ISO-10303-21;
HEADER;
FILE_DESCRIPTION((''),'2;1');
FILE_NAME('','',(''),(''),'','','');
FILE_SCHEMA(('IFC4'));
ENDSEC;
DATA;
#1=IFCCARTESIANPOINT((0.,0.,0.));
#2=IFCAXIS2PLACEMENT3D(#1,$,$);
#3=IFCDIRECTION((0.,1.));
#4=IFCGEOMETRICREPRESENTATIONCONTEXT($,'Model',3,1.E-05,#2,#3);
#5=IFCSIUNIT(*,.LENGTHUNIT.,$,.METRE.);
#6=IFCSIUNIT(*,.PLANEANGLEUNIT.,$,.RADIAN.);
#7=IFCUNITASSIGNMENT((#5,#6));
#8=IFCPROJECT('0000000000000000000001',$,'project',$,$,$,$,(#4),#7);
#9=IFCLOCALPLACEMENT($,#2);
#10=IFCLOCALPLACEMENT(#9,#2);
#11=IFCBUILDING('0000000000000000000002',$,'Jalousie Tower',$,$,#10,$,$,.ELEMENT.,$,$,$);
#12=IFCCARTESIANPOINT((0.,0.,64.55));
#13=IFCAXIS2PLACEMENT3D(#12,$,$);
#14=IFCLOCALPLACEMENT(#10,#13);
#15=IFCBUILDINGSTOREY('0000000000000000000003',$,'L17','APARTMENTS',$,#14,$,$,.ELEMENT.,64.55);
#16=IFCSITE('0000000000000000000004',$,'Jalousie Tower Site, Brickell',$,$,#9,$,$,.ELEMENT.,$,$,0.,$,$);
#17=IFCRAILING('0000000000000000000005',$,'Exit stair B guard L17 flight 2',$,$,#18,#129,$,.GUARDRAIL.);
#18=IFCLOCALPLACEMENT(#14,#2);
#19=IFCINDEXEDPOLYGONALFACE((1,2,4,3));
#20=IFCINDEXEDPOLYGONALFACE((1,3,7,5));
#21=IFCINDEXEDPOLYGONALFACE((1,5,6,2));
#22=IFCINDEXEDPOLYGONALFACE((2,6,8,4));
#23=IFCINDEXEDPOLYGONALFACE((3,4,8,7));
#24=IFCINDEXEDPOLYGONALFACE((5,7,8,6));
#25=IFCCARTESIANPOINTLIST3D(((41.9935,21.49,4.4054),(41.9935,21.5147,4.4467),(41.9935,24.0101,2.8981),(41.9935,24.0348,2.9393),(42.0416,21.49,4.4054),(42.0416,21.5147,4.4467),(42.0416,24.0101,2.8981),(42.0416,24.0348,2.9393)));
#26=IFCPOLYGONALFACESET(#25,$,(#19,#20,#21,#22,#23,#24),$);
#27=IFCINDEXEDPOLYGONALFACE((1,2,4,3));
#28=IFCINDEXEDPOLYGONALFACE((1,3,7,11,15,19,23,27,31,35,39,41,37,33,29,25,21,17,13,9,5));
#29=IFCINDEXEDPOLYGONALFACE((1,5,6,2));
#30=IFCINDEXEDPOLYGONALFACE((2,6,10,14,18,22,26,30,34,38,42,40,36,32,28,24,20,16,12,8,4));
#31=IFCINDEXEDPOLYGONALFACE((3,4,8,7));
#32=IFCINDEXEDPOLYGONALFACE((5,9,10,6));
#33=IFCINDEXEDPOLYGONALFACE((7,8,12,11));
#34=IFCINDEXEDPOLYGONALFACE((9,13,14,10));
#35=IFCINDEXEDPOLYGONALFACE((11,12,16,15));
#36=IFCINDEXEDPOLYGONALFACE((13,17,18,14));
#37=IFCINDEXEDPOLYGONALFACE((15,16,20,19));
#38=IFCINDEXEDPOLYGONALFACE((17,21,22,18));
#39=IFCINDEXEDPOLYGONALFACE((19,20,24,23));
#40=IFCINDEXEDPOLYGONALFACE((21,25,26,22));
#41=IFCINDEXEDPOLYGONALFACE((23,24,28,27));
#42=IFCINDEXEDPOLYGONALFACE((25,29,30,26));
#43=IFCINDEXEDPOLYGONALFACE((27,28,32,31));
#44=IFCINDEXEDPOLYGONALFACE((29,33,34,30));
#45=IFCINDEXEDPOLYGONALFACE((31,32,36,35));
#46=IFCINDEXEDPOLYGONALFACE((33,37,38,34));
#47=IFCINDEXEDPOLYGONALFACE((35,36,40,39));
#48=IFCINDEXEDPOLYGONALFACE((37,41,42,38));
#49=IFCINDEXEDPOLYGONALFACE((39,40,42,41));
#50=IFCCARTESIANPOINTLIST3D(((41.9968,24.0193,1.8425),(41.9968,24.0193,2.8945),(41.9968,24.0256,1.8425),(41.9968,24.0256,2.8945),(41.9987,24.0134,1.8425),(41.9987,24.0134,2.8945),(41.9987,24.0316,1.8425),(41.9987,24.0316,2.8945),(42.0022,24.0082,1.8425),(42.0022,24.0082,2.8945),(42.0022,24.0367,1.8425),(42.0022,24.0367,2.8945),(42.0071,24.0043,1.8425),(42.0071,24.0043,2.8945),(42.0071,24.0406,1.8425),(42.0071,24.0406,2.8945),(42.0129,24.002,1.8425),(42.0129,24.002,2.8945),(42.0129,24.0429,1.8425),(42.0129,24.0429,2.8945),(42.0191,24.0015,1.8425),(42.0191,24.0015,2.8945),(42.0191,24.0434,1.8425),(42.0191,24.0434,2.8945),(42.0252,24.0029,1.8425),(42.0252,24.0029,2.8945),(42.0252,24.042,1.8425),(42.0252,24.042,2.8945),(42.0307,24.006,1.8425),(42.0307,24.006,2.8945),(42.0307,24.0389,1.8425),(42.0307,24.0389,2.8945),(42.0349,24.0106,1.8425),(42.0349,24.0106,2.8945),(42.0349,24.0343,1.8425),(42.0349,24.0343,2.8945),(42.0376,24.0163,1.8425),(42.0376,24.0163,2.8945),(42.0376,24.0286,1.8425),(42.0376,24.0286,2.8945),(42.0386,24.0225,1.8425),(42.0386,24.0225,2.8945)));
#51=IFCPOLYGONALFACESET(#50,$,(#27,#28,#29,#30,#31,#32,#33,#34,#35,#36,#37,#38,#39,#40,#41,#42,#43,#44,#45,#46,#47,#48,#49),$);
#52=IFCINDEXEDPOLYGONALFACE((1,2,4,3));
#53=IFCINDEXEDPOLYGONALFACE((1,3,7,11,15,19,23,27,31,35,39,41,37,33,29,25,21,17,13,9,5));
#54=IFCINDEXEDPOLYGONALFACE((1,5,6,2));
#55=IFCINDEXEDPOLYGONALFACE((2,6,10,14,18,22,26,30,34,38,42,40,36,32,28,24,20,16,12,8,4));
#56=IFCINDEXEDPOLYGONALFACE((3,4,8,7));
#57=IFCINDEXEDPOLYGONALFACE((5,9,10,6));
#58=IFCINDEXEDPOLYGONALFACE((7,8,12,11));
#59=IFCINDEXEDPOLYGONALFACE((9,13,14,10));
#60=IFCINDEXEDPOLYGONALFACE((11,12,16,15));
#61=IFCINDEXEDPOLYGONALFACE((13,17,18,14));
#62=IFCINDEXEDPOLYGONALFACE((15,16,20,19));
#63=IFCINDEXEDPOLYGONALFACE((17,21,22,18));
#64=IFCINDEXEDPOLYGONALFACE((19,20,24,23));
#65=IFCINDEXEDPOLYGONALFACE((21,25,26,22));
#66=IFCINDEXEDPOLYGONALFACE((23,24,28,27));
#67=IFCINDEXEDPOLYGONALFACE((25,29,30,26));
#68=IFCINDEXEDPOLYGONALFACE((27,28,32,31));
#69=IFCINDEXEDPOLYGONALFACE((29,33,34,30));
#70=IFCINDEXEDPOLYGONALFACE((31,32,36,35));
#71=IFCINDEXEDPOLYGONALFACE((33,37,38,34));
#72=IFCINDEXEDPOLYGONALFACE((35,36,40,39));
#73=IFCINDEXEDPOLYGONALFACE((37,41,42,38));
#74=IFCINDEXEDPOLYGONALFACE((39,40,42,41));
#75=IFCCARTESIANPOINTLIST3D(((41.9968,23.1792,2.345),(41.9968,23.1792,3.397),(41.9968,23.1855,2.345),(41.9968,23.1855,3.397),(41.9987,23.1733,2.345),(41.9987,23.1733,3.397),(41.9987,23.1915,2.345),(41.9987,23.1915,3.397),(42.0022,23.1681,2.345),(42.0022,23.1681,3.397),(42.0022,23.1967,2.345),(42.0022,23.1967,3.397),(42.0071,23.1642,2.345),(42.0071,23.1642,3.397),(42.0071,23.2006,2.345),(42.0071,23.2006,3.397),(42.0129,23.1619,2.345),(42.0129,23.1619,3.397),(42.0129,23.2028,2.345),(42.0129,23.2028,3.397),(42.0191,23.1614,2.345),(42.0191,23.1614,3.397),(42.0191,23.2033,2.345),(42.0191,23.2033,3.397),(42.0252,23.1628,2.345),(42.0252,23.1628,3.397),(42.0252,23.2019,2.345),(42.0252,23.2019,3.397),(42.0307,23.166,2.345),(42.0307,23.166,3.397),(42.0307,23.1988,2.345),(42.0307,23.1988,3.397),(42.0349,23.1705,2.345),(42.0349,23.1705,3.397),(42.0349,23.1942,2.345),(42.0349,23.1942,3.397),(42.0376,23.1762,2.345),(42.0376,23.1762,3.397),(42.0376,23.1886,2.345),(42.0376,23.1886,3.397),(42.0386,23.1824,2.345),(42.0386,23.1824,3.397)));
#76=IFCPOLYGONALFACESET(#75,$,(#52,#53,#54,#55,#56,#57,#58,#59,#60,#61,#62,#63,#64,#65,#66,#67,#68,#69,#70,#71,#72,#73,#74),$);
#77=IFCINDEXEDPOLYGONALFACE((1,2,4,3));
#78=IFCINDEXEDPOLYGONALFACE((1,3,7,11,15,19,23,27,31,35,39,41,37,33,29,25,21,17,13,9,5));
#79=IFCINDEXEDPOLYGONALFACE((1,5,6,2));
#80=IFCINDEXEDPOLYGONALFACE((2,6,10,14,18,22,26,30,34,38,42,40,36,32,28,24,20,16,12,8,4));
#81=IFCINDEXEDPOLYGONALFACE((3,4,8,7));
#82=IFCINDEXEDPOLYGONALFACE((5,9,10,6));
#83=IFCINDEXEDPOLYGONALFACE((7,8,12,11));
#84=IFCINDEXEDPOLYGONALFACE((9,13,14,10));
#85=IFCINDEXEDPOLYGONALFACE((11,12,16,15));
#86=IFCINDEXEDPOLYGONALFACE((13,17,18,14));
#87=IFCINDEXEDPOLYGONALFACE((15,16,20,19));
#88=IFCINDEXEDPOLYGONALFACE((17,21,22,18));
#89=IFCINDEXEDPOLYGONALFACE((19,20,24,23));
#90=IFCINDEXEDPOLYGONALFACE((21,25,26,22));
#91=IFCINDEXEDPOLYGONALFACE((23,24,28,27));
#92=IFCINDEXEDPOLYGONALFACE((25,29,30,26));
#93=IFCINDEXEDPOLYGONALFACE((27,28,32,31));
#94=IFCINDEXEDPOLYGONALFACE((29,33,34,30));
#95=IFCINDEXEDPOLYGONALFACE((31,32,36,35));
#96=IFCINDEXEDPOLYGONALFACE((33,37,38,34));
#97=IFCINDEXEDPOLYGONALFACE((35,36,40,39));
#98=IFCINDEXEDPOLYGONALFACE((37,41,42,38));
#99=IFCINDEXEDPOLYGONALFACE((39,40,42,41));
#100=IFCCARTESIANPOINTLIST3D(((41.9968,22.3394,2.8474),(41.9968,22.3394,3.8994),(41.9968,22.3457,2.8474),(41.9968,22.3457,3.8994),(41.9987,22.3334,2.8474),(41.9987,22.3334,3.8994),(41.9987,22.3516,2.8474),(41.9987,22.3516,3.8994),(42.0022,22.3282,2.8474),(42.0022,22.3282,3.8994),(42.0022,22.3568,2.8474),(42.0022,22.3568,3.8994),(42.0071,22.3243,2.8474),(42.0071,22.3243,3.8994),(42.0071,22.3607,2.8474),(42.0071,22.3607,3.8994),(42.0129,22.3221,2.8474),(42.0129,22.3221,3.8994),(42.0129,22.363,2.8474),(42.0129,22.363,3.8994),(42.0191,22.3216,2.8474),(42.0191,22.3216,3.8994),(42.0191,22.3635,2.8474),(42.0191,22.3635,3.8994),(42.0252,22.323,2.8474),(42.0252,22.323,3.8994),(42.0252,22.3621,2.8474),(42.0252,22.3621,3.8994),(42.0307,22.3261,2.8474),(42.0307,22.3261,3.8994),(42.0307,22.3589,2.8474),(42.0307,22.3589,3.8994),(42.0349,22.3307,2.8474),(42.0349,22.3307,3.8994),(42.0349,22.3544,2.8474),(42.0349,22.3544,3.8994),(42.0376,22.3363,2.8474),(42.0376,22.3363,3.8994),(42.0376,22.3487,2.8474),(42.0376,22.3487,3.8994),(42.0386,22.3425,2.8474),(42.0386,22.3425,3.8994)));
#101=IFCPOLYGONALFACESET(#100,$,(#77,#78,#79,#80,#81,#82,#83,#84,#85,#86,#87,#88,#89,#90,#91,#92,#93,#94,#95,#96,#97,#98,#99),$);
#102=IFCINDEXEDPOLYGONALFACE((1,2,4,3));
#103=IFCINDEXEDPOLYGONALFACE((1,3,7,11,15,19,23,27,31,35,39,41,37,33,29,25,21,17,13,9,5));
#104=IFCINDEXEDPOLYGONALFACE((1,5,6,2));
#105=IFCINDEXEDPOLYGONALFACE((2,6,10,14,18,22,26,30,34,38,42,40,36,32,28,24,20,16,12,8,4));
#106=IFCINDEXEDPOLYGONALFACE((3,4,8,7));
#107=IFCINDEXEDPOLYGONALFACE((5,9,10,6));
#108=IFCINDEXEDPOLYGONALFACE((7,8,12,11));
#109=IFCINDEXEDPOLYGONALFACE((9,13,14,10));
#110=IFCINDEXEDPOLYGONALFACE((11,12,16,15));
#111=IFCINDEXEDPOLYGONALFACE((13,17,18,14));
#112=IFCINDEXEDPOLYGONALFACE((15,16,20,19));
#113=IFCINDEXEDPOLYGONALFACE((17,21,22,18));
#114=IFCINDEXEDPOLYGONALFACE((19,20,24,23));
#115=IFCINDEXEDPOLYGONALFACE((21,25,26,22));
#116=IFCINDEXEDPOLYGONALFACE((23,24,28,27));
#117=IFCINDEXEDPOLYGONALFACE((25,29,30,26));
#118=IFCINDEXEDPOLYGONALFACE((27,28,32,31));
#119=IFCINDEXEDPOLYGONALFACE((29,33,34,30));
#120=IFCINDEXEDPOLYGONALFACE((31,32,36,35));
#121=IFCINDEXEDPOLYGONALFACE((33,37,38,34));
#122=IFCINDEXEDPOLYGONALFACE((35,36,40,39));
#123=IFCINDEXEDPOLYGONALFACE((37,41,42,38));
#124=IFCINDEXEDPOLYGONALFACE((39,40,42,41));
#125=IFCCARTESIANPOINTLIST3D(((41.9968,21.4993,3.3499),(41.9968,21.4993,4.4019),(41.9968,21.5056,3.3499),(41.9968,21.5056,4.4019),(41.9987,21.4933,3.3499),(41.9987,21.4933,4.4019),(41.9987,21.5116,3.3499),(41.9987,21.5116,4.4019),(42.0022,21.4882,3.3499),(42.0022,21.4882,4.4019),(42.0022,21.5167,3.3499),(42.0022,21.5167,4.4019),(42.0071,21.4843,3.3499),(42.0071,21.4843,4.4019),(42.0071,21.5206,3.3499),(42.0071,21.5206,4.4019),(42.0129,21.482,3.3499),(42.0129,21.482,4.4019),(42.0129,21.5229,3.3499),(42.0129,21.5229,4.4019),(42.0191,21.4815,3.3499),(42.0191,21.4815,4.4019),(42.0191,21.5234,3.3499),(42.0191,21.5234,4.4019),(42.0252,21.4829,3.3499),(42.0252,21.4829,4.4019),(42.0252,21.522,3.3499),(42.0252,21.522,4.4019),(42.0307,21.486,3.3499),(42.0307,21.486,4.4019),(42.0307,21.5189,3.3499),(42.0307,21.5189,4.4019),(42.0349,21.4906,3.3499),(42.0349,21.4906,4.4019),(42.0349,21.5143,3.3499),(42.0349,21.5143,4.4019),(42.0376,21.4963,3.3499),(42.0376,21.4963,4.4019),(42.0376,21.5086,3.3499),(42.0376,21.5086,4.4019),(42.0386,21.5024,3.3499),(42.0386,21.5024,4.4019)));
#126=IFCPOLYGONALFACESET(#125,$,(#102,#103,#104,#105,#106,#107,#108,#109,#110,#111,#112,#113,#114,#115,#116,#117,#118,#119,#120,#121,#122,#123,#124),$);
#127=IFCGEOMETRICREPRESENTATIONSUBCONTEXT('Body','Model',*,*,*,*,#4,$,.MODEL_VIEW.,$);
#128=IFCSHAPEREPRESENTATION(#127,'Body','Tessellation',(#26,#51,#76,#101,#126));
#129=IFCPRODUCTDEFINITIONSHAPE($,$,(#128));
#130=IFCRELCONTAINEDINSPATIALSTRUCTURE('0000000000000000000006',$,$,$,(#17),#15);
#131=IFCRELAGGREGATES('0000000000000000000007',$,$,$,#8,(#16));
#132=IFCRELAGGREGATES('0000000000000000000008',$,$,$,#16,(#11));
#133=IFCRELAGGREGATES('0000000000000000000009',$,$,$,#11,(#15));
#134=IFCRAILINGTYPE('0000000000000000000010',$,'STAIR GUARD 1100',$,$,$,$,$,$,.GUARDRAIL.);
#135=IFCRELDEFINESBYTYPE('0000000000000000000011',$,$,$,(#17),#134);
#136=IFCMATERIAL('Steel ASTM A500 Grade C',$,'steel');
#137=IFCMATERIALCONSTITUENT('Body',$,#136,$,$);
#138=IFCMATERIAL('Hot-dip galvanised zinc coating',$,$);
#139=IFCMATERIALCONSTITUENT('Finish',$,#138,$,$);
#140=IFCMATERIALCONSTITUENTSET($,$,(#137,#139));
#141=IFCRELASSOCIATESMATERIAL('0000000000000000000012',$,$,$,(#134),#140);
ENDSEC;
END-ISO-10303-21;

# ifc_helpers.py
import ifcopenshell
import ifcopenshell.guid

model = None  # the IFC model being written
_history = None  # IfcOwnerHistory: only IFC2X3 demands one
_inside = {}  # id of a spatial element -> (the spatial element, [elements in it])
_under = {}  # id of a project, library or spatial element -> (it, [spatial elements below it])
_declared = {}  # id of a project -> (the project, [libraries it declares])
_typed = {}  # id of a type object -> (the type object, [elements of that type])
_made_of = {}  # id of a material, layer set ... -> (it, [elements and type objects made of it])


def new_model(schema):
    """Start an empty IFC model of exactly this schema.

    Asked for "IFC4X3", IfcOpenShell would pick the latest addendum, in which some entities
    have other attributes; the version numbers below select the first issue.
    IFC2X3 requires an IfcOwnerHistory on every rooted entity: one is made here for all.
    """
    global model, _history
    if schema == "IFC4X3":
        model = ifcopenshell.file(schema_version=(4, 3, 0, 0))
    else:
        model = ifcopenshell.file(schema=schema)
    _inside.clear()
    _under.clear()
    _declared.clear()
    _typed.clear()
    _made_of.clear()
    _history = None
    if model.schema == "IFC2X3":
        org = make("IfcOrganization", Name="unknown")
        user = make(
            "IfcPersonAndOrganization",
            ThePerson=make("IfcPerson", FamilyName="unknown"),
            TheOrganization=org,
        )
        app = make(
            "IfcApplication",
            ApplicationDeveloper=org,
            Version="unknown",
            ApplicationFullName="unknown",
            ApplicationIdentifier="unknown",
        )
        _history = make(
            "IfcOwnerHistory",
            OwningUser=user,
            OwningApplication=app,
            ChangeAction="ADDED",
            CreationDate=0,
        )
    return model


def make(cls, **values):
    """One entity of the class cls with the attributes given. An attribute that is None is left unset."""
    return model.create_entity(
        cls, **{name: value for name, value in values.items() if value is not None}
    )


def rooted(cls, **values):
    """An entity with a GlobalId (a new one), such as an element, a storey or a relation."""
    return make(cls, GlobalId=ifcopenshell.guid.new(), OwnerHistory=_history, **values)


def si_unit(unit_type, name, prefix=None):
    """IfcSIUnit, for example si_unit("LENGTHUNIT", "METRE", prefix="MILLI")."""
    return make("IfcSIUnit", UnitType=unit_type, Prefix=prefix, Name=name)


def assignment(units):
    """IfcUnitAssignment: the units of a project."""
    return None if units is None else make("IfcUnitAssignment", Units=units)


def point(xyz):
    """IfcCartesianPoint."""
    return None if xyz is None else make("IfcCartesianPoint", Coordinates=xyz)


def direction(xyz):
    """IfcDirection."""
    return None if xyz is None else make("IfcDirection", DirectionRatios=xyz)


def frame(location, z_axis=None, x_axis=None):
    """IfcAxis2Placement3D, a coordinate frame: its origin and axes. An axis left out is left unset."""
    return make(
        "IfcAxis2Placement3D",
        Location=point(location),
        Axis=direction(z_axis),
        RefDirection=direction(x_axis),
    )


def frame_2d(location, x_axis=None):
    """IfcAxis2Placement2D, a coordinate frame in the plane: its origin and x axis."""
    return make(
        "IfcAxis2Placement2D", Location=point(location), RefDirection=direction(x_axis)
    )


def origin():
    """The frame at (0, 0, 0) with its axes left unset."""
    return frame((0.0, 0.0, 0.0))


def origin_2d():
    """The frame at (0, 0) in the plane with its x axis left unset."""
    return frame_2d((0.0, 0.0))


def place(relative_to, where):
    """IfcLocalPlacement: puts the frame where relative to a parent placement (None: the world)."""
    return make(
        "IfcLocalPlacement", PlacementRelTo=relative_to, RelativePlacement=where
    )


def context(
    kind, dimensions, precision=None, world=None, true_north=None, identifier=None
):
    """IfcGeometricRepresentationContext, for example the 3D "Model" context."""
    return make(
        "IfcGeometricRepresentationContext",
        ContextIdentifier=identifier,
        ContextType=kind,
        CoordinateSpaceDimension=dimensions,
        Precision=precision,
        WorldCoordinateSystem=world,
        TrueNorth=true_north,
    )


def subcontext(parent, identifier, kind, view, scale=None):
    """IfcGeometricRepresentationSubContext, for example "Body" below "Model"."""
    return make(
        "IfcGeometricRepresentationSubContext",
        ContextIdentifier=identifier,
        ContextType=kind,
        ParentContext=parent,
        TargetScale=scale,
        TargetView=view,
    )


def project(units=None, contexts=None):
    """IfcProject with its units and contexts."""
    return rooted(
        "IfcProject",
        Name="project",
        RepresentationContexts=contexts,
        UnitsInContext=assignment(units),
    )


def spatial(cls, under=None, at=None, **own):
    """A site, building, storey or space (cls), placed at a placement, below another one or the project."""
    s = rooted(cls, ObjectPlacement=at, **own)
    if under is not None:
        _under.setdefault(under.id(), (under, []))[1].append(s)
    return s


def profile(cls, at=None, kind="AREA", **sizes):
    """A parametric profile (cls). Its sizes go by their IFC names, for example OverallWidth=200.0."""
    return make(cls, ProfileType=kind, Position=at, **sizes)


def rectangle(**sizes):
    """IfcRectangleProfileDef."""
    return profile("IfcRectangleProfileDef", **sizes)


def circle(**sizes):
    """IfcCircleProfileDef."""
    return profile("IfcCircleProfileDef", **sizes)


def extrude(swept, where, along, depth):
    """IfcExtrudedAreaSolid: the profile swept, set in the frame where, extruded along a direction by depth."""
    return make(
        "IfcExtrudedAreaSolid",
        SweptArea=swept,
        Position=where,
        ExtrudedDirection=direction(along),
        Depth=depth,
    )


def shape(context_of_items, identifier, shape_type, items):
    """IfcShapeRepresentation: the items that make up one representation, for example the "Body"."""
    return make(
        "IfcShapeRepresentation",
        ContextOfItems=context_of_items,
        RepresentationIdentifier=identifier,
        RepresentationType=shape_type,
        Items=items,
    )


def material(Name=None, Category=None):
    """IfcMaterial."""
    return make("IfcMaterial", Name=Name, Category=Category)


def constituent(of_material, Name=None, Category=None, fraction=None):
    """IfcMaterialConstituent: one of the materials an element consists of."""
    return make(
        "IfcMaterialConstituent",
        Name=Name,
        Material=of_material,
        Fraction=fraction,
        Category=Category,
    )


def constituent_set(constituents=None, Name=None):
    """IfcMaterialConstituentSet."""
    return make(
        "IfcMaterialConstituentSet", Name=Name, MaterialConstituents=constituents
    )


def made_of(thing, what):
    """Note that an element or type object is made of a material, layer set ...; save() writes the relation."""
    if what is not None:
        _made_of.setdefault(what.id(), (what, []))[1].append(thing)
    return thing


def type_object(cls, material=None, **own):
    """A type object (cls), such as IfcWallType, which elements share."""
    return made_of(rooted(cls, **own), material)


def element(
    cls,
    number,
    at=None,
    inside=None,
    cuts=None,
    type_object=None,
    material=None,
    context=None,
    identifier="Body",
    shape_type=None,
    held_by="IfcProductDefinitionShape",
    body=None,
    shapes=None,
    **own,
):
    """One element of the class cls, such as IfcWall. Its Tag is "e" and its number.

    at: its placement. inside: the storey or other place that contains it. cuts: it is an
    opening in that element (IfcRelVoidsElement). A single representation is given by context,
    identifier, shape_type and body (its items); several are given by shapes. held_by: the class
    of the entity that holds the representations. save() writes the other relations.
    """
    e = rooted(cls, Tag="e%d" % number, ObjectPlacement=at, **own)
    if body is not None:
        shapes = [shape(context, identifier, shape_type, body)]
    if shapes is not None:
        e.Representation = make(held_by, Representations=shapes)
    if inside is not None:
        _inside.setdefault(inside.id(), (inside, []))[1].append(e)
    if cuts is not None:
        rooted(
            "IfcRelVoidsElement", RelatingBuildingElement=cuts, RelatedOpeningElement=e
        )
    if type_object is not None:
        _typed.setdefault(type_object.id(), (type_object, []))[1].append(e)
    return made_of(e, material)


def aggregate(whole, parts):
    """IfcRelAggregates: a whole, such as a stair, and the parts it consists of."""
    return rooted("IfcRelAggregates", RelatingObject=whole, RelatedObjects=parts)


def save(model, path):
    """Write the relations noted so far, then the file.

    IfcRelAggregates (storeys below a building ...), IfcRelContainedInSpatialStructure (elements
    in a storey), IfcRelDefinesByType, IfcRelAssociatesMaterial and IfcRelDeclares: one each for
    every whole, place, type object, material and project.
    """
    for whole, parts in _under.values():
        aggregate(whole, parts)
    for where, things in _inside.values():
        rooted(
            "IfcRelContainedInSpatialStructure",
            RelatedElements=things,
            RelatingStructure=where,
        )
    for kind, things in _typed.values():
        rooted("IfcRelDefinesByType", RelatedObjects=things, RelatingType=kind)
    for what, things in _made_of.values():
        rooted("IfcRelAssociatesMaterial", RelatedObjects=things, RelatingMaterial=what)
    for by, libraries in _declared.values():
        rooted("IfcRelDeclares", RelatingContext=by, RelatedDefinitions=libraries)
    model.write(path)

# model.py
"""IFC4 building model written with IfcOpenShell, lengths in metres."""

from ifc_helpers import new_model, si_unit, direction, frame, origin, origin_2d, place, context, subcontext, project, spatial, rectangle, circle, extrude, material, constituent, constituent_set, type_object, element, save


model = new_model("IFC4")

# Units and contexts
model_context = context("Model", 3, precision=1e-05, world=origin(), true_north=direction((0.0, 1.0)))
body_context = subcontext(model_context, "Body", "Model", "MODEL_VIEW")
ifc_project = project(units=[si_unit("LENGTHUNIT", "METRE"), si_unit("PLANEANGLEUNIT", "RADIAN")], contexts=[model_context])

# Site, building, storey
site_placement = place(None, origin())
site = spatial("IfcSite", under=ifc_project, at=site_placement, Name="Jalousie Tower Site, Brickell", CompositionType="ELEMENT", RefElevation=0.0)
building_placement = place(site_placement, origin())
building = spatial("IfcBuilding", under=site, at=building_placement, Name="Jalousie Tower", CompositionType="ELEMENT")
storey_placement = place(building_placement, frame((0.0, 0.0, 64.55)))
storey = spatial("IfcBuildingStorey", under=building, at=storey_placement, Name="L17", Description="APARTMENTS", CompositionType="ELEMENT", Elevation=64.55)

# Railing
ifc_material_1 = material(Name="Steel ASTM A500 Grade C", Category="steel")
ifc_constituent_1 = constituent(ifc_material_1, Name="Body")
ifc_material_2 = material(Name="Hot-dip galvanised zinc coating")
ifc_constituent_2 = constituent(ifc_material_2, Name="Finish")
ifc_constituent_set_1 = constituent_set(constituents=[ifc_constituent_1, ifc_constituent_2])
railing_type_1 = type_object("IfcRailingType", Name="STAIR GUARD 1100", PredefinedType="GUARDRAIL", material=ifc_constituent_set_1)
railing_1_placement = place(storey_placement, frame((42.0176, 24.0225, 1.8425)))
element("IfcRailing", 1, at=railing_1_placement, inside=storey, type_object=railing_type_1, Name="Exit stair B guard L17 flight 2", PredefinedType="GUARDRAIL", context=body_context, shape_type="SweptSolid", body=[
    extrude(rectangle(XDim=0.0481, YDim=0.0481, at=origin_2d()), frame((0.0, 0.0, 1.0762), z_axis=(0.0, -0.858196, 0.513321), x_axis=(1.0, 0.0, 0.0)), (0.0, 0.0, 1.0), 2.9365),
    extrude(circle(Radius=0.021, at=origin_2d()), origin(), (0.0, 0.0, 1.0), 1.052),
    extrude(circle(Radius=0.021, at=origin_2d()), frame((0.0, -0.8401, 0.5024)), (0.0, 0.0, 1.0), 1.052),
    extrude(circle(Radius=0.021, at=origin_2d()), frame((0.0, -1.6799, 1.0049)), (0.0, 0.0, 1.0), 1.052),
    extrude(circle(Radius=0.021, at=origin_2d()), frame((0.0, -2.52, 1.5073)), (0.0, 0.0, 1.0), 1.052),
])

save(model, "model.ifc")
